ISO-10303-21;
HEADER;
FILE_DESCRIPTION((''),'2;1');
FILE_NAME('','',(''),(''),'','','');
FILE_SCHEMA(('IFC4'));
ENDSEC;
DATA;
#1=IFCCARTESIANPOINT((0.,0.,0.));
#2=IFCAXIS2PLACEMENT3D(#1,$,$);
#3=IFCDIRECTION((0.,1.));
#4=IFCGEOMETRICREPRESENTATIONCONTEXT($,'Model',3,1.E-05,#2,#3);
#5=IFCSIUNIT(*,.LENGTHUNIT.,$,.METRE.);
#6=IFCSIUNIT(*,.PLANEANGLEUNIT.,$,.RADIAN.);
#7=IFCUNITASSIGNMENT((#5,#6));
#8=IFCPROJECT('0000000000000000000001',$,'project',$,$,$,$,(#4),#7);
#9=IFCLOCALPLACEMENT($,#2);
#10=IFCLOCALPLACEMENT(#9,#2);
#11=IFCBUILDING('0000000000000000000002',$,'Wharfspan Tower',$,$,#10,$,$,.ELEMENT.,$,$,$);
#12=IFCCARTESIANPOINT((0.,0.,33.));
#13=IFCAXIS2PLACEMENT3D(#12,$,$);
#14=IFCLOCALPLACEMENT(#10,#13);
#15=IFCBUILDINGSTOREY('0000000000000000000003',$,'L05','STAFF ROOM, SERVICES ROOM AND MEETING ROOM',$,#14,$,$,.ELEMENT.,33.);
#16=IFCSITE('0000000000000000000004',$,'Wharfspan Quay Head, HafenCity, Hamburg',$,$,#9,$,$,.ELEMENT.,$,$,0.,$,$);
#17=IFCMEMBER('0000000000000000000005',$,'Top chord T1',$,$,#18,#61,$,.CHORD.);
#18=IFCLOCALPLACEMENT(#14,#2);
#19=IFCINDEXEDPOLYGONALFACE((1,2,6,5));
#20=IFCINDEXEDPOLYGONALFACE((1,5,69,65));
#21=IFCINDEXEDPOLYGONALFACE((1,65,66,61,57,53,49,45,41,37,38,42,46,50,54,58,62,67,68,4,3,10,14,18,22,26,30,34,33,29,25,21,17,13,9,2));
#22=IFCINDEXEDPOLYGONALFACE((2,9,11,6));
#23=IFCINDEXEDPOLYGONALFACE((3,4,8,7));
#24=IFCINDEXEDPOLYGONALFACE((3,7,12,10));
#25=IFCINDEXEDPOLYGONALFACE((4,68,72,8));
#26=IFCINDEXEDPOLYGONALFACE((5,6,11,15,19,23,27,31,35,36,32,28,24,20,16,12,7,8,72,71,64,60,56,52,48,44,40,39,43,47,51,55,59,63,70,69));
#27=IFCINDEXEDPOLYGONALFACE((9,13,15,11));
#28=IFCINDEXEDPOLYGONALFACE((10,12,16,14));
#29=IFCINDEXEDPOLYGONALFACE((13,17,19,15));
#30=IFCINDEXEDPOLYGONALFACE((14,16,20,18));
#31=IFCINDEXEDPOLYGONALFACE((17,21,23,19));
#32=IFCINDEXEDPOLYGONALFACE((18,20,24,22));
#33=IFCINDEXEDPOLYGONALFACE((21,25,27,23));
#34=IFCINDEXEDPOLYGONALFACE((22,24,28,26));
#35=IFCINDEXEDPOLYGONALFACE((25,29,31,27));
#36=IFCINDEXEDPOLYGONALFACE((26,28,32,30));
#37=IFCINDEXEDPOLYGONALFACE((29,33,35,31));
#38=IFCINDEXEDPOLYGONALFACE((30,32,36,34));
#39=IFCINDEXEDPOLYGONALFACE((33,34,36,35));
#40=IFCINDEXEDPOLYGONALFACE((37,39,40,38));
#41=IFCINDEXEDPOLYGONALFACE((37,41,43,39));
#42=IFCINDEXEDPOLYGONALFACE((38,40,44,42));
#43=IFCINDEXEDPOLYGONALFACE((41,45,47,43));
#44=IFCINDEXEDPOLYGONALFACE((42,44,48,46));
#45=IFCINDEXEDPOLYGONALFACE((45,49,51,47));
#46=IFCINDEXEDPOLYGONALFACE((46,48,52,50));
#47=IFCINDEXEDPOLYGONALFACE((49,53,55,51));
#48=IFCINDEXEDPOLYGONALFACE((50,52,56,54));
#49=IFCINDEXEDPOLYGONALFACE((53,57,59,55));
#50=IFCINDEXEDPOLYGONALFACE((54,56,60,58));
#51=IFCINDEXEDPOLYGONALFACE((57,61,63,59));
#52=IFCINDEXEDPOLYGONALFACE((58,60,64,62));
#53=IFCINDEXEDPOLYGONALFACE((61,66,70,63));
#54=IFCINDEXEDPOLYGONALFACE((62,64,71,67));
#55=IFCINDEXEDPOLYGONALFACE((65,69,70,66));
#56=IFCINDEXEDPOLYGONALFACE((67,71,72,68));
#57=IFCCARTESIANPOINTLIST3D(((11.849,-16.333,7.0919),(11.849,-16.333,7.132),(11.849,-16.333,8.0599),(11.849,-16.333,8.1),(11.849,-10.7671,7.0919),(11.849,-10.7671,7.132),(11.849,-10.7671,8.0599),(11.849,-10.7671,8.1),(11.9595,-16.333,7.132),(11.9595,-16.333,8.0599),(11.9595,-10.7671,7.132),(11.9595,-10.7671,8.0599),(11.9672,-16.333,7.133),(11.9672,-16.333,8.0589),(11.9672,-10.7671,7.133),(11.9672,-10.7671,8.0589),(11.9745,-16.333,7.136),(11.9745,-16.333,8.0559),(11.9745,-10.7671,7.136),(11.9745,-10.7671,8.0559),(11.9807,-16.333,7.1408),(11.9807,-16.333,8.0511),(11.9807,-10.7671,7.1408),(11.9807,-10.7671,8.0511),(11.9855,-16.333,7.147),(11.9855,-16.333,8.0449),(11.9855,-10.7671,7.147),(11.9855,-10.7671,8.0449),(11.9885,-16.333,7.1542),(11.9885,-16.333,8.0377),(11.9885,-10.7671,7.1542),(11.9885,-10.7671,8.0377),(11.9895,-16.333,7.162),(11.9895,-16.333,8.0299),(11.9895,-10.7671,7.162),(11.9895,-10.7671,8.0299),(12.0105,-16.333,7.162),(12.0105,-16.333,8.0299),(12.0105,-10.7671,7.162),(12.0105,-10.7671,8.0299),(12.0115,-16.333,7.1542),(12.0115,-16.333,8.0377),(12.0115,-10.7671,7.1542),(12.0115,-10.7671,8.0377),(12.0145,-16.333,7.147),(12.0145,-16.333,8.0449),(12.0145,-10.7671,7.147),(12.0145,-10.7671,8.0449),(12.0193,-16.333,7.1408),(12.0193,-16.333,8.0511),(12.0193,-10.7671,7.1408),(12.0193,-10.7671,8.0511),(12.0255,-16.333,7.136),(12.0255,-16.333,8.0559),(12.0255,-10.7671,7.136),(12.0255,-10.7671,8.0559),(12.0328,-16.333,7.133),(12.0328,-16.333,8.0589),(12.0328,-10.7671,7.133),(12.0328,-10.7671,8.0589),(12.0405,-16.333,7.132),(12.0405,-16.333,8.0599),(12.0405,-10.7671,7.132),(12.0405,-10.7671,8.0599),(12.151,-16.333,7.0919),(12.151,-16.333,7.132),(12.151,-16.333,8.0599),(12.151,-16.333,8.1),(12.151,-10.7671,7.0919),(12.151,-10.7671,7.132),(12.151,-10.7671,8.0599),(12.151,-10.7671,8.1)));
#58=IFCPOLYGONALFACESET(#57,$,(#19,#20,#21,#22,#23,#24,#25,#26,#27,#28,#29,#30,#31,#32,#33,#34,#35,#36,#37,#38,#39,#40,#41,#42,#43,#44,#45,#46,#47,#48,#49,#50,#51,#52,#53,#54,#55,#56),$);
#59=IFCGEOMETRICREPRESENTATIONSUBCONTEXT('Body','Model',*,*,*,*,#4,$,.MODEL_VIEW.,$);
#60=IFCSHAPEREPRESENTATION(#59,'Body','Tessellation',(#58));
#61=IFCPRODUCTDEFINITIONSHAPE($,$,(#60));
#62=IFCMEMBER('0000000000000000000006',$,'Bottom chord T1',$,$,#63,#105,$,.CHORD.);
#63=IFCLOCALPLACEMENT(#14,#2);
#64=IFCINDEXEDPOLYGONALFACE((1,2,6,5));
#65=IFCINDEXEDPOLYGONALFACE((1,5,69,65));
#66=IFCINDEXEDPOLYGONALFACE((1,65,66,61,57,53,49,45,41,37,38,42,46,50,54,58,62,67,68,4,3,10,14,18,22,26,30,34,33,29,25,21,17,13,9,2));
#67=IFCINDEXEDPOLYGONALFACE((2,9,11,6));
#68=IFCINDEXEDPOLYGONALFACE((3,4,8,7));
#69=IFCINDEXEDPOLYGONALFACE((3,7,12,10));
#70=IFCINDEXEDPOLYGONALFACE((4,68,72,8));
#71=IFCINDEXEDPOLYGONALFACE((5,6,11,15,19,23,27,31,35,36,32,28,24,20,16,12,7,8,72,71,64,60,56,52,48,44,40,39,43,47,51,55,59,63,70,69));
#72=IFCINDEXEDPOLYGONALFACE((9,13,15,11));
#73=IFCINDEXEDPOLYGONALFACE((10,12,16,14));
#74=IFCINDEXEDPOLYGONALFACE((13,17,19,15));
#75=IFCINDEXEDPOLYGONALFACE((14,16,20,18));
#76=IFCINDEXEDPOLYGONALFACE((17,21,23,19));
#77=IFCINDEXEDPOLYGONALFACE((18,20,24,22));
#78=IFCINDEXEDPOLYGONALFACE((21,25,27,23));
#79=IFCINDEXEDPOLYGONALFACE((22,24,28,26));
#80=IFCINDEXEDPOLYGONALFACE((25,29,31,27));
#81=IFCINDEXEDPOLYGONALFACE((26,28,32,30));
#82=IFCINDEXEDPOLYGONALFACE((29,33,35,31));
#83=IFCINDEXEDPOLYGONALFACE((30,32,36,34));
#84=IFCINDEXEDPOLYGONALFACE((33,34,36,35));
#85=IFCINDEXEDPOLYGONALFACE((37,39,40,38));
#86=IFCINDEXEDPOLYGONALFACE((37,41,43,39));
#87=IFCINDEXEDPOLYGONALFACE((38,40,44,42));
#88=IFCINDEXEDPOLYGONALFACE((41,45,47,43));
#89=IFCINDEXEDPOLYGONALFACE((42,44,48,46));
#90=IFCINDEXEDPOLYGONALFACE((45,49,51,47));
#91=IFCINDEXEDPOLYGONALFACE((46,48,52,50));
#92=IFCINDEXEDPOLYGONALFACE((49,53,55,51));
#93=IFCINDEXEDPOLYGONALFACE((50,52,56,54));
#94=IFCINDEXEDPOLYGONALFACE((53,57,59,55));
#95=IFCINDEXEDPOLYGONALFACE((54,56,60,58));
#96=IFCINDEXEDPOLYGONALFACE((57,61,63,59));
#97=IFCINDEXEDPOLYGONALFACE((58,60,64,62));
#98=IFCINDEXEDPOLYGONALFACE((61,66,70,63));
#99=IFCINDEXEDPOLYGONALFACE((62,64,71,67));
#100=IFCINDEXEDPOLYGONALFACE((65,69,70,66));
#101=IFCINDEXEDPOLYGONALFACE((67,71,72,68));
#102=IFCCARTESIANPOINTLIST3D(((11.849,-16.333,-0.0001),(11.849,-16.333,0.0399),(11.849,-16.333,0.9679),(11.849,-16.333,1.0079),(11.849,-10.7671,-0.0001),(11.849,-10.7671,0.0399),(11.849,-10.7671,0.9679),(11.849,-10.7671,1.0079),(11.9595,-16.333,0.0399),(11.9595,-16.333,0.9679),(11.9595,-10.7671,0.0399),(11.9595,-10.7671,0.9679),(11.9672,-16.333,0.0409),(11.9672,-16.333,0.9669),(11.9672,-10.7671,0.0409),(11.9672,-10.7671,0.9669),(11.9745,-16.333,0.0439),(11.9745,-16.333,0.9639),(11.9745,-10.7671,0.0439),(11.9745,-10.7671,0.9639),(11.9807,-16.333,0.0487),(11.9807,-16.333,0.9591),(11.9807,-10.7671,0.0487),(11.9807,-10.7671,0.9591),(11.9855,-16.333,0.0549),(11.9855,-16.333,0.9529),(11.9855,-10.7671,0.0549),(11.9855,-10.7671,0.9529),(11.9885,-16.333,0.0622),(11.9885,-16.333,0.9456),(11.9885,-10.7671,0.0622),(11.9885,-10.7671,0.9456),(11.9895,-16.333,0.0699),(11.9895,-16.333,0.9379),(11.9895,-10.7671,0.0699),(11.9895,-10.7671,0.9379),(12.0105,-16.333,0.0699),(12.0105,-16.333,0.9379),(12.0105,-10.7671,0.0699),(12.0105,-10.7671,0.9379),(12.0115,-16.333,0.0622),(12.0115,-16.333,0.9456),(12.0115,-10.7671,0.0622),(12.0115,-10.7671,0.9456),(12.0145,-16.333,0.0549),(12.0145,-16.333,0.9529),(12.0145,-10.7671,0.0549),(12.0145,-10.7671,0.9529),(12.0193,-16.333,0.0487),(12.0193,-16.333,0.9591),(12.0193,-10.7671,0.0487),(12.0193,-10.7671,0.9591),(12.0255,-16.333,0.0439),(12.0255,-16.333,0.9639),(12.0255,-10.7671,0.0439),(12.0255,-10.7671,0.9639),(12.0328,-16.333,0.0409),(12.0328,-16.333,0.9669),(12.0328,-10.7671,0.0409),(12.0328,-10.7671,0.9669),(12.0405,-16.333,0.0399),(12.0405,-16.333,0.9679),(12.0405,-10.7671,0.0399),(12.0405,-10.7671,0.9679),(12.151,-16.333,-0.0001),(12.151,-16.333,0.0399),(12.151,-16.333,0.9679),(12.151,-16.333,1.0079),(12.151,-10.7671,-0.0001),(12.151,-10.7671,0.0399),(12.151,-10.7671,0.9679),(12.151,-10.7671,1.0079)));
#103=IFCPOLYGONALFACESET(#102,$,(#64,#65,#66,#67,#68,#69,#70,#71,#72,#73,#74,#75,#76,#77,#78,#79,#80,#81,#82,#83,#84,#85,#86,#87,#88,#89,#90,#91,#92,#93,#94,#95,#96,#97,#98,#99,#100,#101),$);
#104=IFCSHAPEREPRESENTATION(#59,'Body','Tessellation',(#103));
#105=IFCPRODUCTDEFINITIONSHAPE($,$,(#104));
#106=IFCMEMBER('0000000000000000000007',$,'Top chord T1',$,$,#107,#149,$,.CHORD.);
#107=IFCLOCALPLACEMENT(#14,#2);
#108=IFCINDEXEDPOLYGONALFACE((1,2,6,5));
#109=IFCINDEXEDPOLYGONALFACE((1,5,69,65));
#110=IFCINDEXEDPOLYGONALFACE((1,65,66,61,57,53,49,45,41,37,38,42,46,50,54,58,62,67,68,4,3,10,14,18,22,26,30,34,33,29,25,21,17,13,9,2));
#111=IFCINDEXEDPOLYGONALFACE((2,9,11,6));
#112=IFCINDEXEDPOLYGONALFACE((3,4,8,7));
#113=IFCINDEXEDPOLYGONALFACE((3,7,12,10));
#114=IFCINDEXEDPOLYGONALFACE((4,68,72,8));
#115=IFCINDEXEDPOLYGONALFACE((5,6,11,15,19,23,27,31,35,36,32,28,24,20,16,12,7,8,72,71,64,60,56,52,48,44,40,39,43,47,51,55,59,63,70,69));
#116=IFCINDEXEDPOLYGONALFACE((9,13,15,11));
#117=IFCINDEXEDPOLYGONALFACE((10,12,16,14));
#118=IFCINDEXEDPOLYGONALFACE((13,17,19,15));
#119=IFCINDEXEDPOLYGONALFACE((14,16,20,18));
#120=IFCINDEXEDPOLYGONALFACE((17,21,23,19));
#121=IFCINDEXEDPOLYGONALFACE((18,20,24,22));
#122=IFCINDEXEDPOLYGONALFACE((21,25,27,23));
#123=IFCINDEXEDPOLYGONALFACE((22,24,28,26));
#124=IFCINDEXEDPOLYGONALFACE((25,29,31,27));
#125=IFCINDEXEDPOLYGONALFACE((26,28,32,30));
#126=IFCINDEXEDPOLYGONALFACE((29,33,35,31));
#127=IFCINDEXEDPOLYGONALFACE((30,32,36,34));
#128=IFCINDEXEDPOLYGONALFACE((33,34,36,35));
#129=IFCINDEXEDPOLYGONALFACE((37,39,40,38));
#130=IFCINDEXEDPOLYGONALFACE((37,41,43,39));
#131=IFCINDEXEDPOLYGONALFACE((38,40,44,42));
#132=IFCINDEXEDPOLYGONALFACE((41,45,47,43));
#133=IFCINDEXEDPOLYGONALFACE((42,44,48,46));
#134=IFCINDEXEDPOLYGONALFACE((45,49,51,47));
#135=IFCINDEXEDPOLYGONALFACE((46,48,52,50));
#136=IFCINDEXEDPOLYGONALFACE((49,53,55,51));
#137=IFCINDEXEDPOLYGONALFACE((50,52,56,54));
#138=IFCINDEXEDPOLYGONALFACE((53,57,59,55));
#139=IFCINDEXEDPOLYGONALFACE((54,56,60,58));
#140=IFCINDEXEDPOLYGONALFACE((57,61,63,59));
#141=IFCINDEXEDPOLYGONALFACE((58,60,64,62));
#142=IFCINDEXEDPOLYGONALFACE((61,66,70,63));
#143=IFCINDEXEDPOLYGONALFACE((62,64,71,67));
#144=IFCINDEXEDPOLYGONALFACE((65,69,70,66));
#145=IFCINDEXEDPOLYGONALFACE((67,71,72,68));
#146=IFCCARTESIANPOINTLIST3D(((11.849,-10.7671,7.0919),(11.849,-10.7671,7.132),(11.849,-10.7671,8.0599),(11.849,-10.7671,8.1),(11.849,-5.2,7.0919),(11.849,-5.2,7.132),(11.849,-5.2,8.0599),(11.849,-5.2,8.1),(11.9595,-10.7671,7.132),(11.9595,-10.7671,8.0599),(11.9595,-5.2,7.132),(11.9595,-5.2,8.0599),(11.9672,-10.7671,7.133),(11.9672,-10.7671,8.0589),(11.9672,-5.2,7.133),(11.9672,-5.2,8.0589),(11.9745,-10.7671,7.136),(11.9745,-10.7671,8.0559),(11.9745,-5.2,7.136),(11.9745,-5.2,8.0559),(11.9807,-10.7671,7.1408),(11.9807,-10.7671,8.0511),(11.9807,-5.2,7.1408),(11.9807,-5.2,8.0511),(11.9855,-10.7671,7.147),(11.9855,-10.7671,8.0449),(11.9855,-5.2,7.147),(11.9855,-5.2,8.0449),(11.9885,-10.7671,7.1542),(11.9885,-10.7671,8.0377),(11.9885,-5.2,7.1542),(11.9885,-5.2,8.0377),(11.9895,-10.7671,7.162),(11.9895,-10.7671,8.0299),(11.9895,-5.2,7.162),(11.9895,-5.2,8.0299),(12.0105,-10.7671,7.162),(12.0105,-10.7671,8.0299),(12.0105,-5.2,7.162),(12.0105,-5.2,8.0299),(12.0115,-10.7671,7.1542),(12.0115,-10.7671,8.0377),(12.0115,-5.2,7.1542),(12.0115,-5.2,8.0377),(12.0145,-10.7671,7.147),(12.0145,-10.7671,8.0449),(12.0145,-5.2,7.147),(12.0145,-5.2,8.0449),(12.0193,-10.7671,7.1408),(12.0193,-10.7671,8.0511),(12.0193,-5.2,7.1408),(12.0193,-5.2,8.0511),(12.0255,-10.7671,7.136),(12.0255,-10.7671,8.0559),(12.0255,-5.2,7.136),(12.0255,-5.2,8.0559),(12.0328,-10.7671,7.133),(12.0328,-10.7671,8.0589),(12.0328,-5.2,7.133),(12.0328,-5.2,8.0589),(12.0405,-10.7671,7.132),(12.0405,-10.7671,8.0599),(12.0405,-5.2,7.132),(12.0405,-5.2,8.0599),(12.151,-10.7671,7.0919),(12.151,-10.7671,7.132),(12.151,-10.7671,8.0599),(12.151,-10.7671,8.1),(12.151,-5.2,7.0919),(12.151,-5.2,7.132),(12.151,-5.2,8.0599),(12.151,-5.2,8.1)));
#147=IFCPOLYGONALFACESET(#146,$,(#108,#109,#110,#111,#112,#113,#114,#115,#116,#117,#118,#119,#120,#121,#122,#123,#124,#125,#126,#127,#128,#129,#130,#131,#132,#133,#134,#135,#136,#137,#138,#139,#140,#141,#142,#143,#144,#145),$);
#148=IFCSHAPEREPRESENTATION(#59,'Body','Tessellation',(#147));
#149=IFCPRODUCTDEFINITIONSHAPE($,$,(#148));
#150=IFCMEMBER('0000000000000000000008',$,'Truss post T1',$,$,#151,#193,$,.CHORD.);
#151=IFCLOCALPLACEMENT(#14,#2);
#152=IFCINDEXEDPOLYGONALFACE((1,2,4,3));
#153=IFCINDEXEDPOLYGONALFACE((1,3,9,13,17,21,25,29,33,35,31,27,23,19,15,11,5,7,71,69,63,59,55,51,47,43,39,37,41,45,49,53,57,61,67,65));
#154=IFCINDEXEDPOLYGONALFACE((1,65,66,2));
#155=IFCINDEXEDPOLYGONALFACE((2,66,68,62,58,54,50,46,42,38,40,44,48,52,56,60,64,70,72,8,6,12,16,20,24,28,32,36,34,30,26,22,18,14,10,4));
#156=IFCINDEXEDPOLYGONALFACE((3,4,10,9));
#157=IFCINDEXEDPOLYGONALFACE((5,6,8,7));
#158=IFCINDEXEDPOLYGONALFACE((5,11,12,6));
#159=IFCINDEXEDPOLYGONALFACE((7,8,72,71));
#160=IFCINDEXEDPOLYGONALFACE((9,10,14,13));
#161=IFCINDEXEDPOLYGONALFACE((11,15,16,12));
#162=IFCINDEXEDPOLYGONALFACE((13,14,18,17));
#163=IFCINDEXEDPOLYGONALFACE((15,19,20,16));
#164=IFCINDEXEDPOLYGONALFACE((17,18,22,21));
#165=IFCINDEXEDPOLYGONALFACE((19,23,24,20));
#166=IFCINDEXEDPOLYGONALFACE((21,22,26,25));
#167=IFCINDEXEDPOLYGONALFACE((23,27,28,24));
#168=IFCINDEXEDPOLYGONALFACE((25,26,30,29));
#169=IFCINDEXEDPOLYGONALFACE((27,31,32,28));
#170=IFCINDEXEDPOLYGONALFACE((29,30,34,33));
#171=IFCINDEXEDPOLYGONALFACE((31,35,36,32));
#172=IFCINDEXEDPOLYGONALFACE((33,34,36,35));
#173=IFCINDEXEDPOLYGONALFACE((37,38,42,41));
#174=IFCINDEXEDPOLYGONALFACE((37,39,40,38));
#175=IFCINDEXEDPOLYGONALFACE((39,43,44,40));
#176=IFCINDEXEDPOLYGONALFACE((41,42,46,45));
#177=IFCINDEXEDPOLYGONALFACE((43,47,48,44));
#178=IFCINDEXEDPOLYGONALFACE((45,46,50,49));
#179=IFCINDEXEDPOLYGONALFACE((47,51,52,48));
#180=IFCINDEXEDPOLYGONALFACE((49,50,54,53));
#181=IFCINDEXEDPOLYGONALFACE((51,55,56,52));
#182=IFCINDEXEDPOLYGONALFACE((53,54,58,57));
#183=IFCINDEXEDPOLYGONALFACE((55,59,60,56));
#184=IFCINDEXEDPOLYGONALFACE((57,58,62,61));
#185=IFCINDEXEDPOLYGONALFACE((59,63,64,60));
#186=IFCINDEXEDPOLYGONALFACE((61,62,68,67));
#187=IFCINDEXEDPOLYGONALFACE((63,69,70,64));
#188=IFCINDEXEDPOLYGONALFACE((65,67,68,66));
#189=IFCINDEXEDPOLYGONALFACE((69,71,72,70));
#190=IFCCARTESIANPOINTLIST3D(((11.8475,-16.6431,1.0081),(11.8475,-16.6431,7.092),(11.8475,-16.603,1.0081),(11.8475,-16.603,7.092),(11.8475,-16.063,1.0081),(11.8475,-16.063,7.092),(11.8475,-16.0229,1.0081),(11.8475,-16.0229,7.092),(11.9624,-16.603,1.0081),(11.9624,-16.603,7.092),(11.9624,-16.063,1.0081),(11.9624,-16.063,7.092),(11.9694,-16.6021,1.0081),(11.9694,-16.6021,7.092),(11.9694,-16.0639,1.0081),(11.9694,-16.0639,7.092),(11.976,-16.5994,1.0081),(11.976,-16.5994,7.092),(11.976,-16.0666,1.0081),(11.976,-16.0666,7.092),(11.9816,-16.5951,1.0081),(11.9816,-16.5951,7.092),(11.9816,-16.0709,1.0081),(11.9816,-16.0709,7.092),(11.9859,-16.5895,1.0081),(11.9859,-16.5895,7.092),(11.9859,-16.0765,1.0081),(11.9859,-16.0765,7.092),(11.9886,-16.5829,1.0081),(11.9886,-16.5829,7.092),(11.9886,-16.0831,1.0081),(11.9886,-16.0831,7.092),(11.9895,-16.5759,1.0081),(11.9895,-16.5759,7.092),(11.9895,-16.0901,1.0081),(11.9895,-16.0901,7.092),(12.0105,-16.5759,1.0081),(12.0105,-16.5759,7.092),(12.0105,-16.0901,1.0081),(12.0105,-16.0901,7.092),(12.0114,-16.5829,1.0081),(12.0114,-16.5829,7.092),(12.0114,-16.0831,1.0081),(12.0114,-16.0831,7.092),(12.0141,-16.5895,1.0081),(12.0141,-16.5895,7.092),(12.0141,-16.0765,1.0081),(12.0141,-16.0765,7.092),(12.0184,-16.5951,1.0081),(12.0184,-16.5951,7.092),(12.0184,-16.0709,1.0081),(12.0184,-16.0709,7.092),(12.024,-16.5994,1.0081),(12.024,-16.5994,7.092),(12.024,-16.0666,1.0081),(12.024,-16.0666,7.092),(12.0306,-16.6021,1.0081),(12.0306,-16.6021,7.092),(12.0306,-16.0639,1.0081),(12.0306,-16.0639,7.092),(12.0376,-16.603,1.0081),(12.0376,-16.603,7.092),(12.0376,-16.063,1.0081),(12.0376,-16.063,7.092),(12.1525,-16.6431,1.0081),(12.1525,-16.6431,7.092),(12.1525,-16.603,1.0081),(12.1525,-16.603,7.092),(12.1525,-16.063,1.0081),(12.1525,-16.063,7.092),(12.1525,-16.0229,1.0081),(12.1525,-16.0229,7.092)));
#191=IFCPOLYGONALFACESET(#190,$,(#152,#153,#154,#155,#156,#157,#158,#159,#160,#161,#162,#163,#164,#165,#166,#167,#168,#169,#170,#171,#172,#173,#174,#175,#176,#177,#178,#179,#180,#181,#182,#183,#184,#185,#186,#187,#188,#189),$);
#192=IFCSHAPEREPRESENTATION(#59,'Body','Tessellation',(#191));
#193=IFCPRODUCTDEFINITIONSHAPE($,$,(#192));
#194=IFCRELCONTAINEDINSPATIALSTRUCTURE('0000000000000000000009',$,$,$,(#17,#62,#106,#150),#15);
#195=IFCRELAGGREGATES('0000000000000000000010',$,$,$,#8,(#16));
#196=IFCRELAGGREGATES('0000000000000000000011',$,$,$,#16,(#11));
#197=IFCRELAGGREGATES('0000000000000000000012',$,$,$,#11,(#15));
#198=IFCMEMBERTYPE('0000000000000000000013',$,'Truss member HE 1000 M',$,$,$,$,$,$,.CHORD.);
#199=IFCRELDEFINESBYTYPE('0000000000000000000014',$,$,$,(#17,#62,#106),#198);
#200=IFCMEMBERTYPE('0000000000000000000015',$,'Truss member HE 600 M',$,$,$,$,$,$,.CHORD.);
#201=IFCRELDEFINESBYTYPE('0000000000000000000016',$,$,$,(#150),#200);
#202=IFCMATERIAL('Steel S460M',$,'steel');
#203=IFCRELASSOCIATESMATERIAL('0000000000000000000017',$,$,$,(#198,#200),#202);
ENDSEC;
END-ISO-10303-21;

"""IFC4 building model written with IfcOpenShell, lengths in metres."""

from ifc_helpers import new_model, si_unit, direction, frame, origin, origin_2d, place, context, subcontext, project, spatial, i_section, extrude, material, material_profile, profile_set, type_object, element, save


model = new_model("IFC4")

# Units and contexts
model_context = context("Model", 3, precision=1e-05, world=origin(), true_north=direction((0.0, 1.0)))
body_context = subcontext(model_context, "Body", "Model", "MODEL_VIEW")
ifc_project = project(units=[si_unit("LENGTHUNIT", "METRE"), si_unit("PLANEANGLEUNIT", "RADIAN")], contexts=[model_context])

# Site, building, storey
site_placement = place(None, origin())
site = spatial("IfcSite", under=ifc_project, at=site_placement, Name="Wharfspan Quay Head, HafenCity, Hamburg", CompositionType="ELEMENT", RefElevation=0.0)
building_placement = place(site_placement, origin())
building = spatial("IfcBuilding", under=site, at=building_placement, Name="Wharfspan Tower", CompositionType="ELEMENT")
storey_placement = place(building_placement, frame((0.0, 0.0, 33.0)))
storey = spatial("IfcBuildingStorey", under=building, at=storey_placement, Name="L05", Description="STAFF ROOM, SERVICES ROOM AND MEETING ROOM", CompositionType="ELEMENT", Elevation=33.0)

# Members
ifc_material_1 = material(Name="Steel S460M", Category="steel")
ifc_material_profile_1 = material_profile(ifc_material_1, i_section(OverallWidth=0.302, OverallDepth=1.0081, WebThickness=0.021, FlangeThickness=0.04, FilletRadius=0.03, at=origin_2d()))
ifc_profile_set_1 = profile_set([ifc_material_profile_1], Name="Steel S460M")
member_type_1 = type_object("IfcMemberType", Name="Truss member HE 1000 M", PredefinedType="CHORD", material=ifc_profile_set_1)
for number, where, z_axis, x_axis, name in (
    (1, (12.0, -16.333, 7.5959), (0.0, 1.0, 0.0), (-1.0, 0.0, 0.0), "Top chord T1"),
    (2, (12.0, -16.333, 0.5039), (0.0, 1.0, 0.0), (-1.0, 0.0, 0.0), "Bottom chord T1"),
):
    element("IfcMember", number, at=place(storey_placement, frame(where, z_axis=z_axis, x_axis=x_axis)), inside=storey, type_object=member_type_1, Name=name, PredefinedType="CHORD", context=body_context, shape_type="SweptSolid", body=[
        extrude(i_section(OverallWidth=0.302, OverallDepth=1.0081, WebThickness=0.021, FlangeThickness=0.04, FilletRadius=0.03, at=origin_2d()), origin(), (0.0, 0.0, 1.0), 5.5659),
    ])
member_1_placement = place(storey_placement, frame((12.0, -10.7671, 7.5959), z_axis=(0.0, 1.0, 0.0), x_axis=(-1.0, 0.0, 0.0)))
element("IfcMember", 3, at=member_1_placement, inside=storey, type_object=member_type_1, Name="Top chord T1", PredefinedType="CHORD", context=body_context, shape_type="SweptSolid", body=[
    extrude(i_section(OverallWidth=0.302, OverallDepth=1.0081, WebThickness=0.021, FlangeThickness=0.04, FilletRadius=0.03, at=origin_2d()), origin(), (0.0, 0.0, 1.0), 5.5671),
])
ifc_material_profile_2 = material_profile(ifc_material_1, i_section(OverallWidth=0.3049, OverallDepth=0.6201, WebThickness=0.021, FlangeThickness=0.04, FilletRadius=0.0271, at=origin_2d()))
ifc_profile_set_2 = profile_set([ifc_material_profile_2], Name="Steel S460M")
member_type_2 = type_object("IfcMemberType", Name="Truss member HE 600 M", PredefinedType="CHORD", material=ifc_profile_set_2)
member_2_placement = place(storey_placement, frame((12.0, -16.333, 1.0081), z_axis=(0.0, 0.0, 1.0), x_axis=(1.0, 0.0, 0.0)))
element("IfcMember", 4, at=member_2_placement, inside=storey, type_object=member_type_2, Name="Truss post T1", PredefinedType="CHORD", context=body_context, shape_type="SweptSolid", body=[
    extrude(i_section(OverallWidth=0.3049, OverallDepth=0.6201, WebThickness=0.021, FlangeThickness=0.04, FilletRadius=0.0271, at=origin_2d()), origin(), (0.0, 0.0, 1.0), 6.084),
])

save(model, "model.ifc")
